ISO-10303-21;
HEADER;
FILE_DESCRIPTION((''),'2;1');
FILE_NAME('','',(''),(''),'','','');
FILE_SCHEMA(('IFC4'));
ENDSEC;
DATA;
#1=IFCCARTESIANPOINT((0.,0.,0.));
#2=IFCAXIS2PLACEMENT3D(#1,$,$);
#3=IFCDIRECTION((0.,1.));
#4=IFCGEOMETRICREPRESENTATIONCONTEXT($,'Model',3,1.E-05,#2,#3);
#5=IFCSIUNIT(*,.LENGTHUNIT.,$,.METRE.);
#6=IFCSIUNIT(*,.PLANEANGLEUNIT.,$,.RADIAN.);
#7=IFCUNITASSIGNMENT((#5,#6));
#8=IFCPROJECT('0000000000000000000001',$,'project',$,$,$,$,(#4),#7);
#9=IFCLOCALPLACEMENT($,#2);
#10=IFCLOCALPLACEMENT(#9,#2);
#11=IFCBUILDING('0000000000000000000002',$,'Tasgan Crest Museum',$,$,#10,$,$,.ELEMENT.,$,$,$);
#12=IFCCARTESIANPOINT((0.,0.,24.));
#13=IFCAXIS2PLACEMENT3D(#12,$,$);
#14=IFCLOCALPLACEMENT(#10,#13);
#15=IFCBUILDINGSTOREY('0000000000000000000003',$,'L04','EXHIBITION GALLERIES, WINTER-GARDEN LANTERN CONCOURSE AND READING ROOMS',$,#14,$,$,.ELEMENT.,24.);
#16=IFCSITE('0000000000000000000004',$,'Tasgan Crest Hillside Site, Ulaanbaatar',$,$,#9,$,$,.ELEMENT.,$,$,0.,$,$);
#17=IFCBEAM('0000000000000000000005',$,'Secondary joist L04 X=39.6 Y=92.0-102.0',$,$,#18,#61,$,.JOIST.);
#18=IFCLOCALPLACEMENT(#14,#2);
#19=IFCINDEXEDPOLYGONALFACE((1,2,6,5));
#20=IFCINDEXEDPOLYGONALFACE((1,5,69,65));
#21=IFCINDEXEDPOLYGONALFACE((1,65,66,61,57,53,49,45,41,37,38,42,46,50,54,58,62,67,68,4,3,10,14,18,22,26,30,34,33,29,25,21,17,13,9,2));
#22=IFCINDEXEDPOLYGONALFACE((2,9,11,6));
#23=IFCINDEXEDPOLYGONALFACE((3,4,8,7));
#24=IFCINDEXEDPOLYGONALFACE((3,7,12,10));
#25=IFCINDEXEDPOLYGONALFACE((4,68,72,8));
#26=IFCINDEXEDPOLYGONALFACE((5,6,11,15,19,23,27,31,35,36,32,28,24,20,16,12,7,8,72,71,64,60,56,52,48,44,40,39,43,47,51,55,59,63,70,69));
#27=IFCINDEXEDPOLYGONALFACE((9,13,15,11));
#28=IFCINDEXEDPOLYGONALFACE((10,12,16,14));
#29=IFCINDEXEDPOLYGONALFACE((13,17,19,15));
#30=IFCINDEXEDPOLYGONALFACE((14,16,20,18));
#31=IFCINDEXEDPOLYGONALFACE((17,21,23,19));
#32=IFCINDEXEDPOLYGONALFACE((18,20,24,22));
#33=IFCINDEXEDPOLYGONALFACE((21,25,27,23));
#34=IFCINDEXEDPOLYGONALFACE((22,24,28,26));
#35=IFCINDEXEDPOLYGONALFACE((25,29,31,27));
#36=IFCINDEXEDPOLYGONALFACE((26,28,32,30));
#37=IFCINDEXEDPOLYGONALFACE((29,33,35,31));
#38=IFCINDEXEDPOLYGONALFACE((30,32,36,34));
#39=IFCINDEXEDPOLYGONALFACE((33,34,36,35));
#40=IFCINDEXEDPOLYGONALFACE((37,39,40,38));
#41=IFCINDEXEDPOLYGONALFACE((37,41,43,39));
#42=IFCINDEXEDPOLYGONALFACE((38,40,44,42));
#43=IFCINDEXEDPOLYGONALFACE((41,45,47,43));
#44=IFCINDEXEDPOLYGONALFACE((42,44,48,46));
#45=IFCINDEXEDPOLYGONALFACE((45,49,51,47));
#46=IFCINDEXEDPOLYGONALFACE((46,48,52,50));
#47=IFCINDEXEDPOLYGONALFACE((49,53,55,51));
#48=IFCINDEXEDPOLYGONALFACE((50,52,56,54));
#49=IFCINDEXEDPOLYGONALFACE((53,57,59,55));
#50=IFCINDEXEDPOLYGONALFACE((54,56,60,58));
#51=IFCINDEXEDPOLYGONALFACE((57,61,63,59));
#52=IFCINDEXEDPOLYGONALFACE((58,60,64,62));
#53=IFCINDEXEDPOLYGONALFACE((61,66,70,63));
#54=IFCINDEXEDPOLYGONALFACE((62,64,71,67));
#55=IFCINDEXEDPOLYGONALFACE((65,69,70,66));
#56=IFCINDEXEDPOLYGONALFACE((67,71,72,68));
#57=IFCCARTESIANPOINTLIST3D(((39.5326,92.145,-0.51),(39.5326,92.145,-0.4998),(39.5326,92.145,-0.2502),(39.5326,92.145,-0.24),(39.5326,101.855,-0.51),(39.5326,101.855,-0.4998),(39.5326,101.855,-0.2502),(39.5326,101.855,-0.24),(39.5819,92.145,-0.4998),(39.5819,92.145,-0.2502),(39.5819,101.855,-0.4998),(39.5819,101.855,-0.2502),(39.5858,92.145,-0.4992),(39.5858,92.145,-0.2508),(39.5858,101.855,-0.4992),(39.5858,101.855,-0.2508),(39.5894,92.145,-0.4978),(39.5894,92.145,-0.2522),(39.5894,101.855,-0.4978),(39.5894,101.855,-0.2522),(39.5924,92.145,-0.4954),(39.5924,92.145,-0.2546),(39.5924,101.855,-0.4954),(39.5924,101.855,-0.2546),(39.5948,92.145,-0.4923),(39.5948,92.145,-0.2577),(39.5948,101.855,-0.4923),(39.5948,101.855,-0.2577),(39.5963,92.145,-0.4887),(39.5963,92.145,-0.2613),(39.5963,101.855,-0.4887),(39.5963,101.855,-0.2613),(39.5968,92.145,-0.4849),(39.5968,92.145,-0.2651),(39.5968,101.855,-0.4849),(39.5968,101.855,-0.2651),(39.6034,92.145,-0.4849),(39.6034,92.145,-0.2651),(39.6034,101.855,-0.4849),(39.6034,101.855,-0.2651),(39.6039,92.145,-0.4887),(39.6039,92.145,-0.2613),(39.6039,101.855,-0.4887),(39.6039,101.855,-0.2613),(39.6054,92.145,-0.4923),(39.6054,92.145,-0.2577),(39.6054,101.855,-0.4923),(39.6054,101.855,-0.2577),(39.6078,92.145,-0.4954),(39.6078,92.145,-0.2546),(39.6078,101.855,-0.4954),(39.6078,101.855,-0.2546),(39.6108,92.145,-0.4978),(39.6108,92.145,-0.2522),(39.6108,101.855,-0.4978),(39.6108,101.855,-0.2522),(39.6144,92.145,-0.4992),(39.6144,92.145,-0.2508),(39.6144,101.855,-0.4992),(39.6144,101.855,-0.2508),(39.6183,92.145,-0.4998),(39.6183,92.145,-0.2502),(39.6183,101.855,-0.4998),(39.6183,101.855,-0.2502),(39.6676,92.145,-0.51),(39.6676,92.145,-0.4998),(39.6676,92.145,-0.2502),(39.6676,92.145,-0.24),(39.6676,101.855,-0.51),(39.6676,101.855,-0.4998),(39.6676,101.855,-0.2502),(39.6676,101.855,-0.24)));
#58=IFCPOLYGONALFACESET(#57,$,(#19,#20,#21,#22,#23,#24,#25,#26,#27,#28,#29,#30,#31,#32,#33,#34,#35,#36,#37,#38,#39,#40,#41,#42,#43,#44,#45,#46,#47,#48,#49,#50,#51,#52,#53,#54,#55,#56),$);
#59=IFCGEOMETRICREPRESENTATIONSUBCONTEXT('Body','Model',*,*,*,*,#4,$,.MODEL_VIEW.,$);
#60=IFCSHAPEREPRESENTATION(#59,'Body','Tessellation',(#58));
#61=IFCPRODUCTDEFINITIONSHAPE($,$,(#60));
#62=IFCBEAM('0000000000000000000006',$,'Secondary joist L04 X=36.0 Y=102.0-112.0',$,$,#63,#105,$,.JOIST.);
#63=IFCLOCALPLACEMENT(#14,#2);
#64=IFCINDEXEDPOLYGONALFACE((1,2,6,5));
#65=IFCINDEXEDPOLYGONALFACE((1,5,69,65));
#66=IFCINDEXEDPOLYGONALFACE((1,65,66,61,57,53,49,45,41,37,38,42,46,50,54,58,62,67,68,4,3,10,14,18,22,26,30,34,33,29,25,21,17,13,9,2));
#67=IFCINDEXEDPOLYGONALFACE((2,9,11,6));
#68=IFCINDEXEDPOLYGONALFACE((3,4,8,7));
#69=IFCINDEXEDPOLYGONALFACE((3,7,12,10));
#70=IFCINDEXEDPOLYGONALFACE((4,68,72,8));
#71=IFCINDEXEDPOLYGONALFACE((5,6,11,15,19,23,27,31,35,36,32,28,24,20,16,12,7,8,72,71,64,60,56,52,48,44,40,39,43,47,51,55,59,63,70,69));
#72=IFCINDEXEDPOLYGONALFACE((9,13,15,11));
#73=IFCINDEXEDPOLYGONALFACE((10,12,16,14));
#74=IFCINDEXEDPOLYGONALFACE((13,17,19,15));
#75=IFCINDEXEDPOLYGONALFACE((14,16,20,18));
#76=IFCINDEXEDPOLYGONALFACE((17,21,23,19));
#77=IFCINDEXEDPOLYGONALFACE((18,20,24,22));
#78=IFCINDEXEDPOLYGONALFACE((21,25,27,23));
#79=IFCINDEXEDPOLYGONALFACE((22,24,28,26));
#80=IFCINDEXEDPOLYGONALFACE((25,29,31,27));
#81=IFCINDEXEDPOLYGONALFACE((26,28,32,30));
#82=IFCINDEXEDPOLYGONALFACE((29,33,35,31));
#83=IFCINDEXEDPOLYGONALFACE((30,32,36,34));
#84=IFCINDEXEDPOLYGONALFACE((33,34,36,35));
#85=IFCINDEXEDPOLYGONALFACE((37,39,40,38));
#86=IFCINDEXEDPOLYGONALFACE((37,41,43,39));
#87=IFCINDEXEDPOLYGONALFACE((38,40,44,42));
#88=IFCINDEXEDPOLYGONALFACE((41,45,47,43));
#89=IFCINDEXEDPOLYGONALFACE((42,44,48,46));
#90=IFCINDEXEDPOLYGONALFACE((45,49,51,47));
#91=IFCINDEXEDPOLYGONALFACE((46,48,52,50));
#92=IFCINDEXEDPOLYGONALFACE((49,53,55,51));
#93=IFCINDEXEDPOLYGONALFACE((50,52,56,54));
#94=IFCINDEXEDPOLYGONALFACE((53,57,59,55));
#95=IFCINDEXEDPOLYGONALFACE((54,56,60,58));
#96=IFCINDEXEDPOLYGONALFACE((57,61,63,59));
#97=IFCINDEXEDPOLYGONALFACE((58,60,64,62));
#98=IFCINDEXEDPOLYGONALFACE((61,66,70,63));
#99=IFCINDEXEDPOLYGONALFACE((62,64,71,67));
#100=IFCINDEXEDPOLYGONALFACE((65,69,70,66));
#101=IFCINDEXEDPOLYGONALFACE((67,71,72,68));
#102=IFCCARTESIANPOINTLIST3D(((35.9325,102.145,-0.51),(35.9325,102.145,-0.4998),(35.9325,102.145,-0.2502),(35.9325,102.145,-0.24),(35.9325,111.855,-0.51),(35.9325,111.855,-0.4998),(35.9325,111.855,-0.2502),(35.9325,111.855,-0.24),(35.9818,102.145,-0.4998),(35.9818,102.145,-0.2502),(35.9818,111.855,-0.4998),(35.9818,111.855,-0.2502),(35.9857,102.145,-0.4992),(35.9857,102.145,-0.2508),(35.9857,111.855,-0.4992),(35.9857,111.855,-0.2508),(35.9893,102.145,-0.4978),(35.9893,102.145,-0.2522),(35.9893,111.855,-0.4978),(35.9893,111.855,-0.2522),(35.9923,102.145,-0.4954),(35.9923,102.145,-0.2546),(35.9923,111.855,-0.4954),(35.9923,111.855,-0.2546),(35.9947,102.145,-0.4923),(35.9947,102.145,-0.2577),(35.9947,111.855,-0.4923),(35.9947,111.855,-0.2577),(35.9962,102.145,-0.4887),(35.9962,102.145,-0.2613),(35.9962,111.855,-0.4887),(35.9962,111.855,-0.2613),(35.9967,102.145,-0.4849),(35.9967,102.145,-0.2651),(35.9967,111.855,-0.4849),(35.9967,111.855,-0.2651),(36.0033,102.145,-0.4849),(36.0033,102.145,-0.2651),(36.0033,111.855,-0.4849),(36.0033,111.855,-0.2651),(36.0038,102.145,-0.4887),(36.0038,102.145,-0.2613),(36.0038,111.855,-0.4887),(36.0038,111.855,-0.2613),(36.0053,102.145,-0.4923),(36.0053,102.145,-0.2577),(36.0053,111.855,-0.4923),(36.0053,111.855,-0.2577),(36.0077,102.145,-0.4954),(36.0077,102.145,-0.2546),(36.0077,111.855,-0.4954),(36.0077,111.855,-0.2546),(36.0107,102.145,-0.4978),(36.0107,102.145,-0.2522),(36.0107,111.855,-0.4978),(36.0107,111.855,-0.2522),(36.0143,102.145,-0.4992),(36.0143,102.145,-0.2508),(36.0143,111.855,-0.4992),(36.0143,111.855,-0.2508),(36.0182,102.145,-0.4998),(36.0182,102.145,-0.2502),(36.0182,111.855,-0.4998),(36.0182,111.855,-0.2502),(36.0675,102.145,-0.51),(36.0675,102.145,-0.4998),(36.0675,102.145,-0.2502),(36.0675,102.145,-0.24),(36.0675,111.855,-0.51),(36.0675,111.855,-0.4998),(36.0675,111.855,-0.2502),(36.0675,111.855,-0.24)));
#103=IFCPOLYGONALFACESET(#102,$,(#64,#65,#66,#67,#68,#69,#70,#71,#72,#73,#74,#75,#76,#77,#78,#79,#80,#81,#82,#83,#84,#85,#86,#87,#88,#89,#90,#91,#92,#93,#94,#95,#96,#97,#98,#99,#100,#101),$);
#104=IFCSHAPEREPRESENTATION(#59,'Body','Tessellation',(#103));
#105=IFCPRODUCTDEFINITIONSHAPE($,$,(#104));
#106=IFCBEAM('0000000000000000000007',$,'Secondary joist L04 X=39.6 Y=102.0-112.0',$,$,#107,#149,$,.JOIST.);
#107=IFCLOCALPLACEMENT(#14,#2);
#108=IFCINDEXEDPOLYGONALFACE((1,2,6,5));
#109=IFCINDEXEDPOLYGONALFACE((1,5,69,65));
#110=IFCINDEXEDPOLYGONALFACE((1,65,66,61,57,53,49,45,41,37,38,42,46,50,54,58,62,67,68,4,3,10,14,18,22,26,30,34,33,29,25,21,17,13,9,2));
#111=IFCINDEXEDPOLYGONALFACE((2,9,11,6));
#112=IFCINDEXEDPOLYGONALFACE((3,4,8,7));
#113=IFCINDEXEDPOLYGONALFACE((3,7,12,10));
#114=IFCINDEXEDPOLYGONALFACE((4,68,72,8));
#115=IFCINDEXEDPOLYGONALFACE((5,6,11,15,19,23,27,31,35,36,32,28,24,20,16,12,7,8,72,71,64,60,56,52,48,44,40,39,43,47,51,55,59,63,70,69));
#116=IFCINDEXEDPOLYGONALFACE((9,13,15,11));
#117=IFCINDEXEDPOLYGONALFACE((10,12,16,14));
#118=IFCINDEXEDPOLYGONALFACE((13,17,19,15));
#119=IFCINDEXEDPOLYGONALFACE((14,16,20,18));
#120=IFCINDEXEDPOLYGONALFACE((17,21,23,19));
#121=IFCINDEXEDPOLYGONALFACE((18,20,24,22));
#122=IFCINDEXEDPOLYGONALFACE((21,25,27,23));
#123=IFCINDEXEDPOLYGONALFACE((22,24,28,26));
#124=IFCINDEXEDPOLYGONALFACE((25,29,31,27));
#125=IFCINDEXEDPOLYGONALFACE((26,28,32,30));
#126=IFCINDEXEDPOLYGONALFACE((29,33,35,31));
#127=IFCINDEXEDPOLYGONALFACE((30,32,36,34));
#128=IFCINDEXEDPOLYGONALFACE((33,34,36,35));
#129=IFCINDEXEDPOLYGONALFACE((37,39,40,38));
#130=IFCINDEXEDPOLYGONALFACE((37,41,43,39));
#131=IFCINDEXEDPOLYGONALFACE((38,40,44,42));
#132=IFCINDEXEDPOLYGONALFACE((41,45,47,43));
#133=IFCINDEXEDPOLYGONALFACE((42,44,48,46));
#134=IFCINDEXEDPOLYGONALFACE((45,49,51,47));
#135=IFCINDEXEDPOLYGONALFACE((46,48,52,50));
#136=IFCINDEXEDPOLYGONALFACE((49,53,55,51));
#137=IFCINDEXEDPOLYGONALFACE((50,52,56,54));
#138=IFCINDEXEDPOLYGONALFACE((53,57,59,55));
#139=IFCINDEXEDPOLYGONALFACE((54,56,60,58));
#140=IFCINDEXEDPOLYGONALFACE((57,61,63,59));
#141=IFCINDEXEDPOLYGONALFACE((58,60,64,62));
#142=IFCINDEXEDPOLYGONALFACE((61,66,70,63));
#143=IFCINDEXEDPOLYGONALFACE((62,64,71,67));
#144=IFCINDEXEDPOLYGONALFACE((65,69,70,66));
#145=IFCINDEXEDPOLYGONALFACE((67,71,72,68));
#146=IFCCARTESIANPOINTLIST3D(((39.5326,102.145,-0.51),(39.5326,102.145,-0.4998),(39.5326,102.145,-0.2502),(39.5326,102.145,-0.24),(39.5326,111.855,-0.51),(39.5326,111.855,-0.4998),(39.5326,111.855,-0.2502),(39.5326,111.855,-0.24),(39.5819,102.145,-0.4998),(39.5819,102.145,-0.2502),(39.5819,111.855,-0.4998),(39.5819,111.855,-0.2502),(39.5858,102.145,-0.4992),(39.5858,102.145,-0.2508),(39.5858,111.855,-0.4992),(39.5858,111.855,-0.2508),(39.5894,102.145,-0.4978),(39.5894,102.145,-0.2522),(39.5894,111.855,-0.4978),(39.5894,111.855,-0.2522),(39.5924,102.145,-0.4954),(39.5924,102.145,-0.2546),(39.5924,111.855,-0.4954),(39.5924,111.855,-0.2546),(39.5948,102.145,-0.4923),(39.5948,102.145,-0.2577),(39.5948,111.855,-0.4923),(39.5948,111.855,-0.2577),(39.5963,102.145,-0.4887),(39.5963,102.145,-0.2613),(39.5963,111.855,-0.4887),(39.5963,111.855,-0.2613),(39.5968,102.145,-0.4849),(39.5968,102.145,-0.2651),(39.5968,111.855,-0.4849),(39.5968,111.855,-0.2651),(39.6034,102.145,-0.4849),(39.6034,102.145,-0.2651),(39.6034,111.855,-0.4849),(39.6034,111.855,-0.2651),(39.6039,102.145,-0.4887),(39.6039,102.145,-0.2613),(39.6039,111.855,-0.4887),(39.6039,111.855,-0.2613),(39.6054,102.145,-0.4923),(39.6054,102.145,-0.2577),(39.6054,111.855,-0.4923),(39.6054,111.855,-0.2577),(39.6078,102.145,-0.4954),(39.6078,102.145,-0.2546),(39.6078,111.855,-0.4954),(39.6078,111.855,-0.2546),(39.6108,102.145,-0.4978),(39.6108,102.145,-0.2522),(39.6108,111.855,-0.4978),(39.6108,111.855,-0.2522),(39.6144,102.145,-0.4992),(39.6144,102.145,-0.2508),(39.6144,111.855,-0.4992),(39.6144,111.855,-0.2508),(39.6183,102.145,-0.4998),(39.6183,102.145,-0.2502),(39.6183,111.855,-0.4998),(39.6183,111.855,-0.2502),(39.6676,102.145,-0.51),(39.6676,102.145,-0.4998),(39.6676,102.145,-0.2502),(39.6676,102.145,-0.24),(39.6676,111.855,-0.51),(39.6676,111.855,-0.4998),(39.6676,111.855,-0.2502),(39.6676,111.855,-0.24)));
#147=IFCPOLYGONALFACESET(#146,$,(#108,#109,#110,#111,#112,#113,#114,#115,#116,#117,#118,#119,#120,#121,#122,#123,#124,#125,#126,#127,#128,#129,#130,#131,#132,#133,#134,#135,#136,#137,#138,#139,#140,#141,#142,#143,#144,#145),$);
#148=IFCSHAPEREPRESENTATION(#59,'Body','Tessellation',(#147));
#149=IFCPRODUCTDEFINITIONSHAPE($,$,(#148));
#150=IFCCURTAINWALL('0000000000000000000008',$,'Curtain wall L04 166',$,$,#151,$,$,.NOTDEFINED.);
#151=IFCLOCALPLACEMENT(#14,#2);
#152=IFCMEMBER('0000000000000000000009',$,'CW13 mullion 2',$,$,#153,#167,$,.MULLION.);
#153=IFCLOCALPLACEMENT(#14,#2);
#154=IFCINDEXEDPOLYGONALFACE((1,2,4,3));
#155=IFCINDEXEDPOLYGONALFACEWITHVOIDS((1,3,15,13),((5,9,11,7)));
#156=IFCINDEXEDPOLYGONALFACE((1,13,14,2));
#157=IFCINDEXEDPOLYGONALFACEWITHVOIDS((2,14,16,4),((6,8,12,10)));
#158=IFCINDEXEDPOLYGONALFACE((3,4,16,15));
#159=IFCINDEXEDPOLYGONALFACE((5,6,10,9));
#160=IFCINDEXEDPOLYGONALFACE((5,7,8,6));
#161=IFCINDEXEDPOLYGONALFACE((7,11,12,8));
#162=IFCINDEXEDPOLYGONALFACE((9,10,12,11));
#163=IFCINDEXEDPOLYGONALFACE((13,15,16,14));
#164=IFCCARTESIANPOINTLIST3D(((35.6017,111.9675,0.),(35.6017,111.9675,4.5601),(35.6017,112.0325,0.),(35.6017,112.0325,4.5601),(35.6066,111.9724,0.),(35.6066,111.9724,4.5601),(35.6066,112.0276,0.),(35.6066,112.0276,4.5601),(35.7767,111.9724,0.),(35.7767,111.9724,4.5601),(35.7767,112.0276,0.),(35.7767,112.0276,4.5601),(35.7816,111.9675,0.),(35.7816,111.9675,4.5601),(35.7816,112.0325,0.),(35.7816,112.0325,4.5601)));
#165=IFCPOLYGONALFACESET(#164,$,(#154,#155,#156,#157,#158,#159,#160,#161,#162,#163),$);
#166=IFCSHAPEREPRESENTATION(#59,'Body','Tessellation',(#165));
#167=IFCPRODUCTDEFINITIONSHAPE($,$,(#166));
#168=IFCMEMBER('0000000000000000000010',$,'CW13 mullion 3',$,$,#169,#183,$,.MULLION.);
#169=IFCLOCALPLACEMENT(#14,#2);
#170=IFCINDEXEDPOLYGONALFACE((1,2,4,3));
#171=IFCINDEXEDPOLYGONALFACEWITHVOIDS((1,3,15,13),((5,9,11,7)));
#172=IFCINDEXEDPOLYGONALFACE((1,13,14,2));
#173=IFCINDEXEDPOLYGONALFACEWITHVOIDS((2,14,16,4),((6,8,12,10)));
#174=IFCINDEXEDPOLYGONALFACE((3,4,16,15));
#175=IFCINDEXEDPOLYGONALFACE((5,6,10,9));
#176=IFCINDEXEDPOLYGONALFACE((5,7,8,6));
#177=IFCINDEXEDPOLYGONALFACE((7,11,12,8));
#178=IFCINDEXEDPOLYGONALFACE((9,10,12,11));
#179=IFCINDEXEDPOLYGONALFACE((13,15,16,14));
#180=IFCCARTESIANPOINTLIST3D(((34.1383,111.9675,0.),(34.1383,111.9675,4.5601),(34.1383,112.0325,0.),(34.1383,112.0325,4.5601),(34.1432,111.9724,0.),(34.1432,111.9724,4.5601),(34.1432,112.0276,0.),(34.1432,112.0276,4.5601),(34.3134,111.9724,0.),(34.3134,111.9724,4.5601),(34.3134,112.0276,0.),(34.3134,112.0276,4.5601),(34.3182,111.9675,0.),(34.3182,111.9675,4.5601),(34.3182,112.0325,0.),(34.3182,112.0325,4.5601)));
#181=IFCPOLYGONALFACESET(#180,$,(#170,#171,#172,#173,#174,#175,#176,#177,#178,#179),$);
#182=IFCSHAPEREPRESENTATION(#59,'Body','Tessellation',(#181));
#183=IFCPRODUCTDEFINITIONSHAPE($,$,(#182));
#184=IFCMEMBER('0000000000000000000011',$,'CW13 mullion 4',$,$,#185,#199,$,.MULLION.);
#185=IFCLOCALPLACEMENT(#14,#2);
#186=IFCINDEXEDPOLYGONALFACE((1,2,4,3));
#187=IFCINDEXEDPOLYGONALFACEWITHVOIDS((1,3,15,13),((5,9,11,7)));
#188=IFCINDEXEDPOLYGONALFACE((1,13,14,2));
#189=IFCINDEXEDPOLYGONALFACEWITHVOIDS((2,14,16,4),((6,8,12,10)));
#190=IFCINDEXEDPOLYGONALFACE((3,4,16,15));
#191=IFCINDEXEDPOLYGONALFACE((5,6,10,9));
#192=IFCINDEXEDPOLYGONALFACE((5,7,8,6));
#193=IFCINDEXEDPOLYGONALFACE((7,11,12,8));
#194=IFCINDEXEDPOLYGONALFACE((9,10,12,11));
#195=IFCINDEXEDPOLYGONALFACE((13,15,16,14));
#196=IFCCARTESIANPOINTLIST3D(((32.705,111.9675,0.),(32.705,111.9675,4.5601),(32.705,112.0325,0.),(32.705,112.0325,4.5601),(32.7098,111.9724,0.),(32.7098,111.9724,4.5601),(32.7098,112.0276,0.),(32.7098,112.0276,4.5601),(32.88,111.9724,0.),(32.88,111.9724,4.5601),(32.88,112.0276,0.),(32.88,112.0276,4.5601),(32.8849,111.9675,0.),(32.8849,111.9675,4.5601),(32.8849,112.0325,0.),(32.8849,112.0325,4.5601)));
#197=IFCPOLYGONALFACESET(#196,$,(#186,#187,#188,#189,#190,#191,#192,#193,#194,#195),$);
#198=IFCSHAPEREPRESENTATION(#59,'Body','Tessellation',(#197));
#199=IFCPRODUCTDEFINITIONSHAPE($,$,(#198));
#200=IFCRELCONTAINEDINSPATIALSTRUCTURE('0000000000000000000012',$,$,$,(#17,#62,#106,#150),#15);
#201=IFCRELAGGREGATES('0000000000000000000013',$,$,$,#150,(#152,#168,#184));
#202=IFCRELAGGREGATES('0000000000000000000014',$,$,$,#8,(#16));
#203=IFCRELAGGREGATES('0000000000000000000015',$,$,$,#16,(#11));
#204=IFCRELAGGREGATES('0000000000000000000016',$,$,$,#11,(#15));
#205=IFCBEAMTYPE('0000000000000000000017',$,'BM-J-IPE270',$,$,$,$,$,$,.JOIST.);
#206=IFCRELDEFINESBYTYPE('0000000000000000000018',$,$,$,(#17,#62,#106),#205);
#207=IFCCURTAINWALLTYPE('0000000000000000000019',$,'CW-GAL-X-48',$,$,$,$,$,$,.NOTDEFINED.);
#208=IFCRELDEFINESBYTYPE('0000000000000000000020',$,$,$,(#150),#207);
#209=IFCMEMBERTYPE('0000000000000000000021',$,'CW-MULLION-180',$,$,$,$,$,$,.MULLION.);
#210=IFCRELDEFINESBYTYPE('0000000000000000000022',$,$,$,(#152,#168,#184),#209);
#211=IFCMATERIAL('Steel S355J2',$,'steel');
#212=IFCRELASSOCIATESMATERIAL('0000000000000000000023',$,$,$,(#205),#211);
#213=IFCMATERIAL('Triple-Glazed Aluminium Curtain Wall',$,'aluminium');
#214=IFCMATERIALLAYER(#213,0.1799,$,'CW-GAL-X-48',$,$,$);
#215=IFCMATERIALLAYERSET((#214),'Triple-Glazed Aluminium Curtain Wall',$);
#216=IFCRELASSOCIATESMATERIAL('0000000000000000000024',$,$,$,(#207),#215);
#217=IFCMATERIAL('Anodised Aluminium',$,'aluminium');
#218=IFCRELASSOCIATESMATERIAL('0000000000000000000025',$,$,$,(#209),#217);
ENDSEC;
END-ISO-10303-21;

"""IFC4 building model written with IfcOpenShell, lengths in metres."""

from ifc_helpers import new_model, si_unit, direction, frame, origin, origin_2d, place, context, subcontext, project, spatial, hollow_rectangle, i_section, extrude, material, layer, layer_set, material_profile, profile_set, type_object, element, aggregate, save


model = new_model("IFC4")

# Units and contexts
model_context = context("Model", 3, precision=1e-05, world=origin(), true_north=direction((0.0, 1.0)))
body_context = subcontext(model_context, "Body", "Model", "MODEL_VIEW")
ifc_project = project(units=[si_unit("LENGTHUNIT", "METRE"), si_unit("PLANEANGLEUNIT", "RADIAN")], contexts=[model_context])

# Site, building, storey
site_placement = place(None, origin())
site = spatial("IfcSite", under=ifc_project, at=site_placement, Name="Tasgan Crest Hillside Site, Ulaanbaatar", CompositionType="ELEMENT", RefElevation=0.0)
building_placement = place(site_placement, origin())
building = spatial("IfcBuilding", under=site, at=building_placement, Name="Tasgan Crest Museum", CompositionType="ELEMENT")
storey_placement = place(building_placement, frame((0.0, 0.0, 24.0)))
storey = spatial("IfcBuildingStorey", under=building, at=storey_placement, Name="L04", Description="EXHIBITION GALLERIES, WINTER-GARDEN LANTERN CONCOURSE AND READING ROOMS", CompositionType="ELEMENT", Elevation=24.0)

# Beams
ifc_material_1 = material(Name="Steel S355J2", Category="steel")
ifc_material_profile_1 = material_profile(ifc_material_1, i_section(OverallWidth=0.135, OverallDepth=0.27, WebThickness=0.0066, FlangeThickness=0.0103, FilletRadius=0.0149, at=origin_2d()), Name="IPE 270")
ifc_profile_set_1 = profile_set([ifc_material_profile_1], Name="Steel S355J2")
beam_type_1 = type_object("IfcBeamType", Name="BM-J-IPE270", PredefinedType="JOIST", material=ifc_profile_set_1)
for number, where, z_axis, x_axis, name in (
    (1, (39.6001, 92.145, -0.375), (0.0, 1.0, 0.0), (-1.0, 0.0, 0.0), "Secondary joist L04 X=39.6 Y=92.0-102.0"),
    (2, (36.0, 102.145, -0.375), (0.0, 1.0, 0.0), (-1.0, 0.0, 0.0), "Secondary joist L04 X=36.0 Y=102.0-112.0"),
    (3, (39.6001, 102.145, -0.375), (0.0, 1.0, 0.0), (-1.0, 0.0, 0.0), "Secondary joist L04 X=39.6 Y=102.0-112.0"),
):
    element("IfcBeam", number, at=place(storey_placement, frame(where, z_axis=z_axis, x_axis=x_axis)), inside=storey, type_object=beam_type_1, Name=name, PredefinedType="JOIST", context=body_context, shape_type="SweptSolid", body=[
        extrude(i_section(OverallWidth=0.135, OverallDepth=0.27, WebThickness=0.0066, FlangeThickness=0.0103, FilletRadius=0.0149, at=origin_2d()), origin(), (0.0, 0.0, 1.0), 9.71),
    ])

# Curtain wall, members
ifc_material_2 = material(Name="Triple-Glazed Aluminium Curtain Wall", Category="aluminium")
ifc_layer_1 = layer(ifc_material_2, 0.1799, Name="CW-GAL-X-48")
ifc_layer_set_1 = layer_set([ifc_layer_1], Name="Triple-Glazed Aluminium Curtain Wall")
curtain_wall_type = type_object("IfcCurtainWallType", Name="CW-GAL-X-48", PredefinedType="NOTDEFINED", material=ifc_layer_set_1)
curtain_wall_placement = place(storey_placement, origin())
curtain_wall = element("IfcCurtainWall", 4, at=curtain_wall_placement, inside=storey, type_object=curtain_wall_type, Name="Curtain wall L04 166", PredefinedType="NOTDEFINED")
ifc_material_3 = material(Name="Anodised Aluminium", Category="aluminium")
ifc_material_profile_2 = material_profile(ifc_material_3, hollow_rectangle(XDim=0.0649, YDim=0.1799, WallThickness=0.0049, at=origin_2d()), Name="ALU MULLION 180x65x5")
ifc_profile_set_2 = profile_set([ifc_material_profile_2], Name="Anodised Aluminium")
member_type_1 = type_object("IfcMemberType", Name="CW-MULLION-180", PredefinedType="MULLION", material=ifc_profile_set_2)
member_1_placement = place(storey_placement, frame((35.6917, 112.0, 0.0), z_axis=(0.0, 0.0, 1.0), x_axis=(0.0, -1.0, 0.0)))
member_1 = element("IfcMember", 5, at=member_1_placement, type_object=member_type_1, Name="CW13 mullion 2", PredefinedType="MULLION", context=body_context, shape_type="SweptSolid", body=[
    extrude(hollow_rectangle(XDim=0.0649, YDim=0.1799, WallThickness=0.0049, at=origin_2d()), origin(), (0.0, 0.0, 1.0), 4.5601),
])
member_2_placement = place(storey_placement, frame((34.2283, 112.0, 0.0), z_axis=(0.0, 0.0, 1.0), x_axis=(0.0, -1.0, 0.0)))
member_2 = element("IfcMember", 6, at=member_2_placement, type_object=member_type_1, Name="CW13 mullion 3", PredefinedType="MULLION", context=body_context, shape_type="SweptSolid", body=[
    extrude(hollow_rectangle(XDim=0.0649, YDim=0.1799, WallThickness=0.0049, at=origin_2d()), origin(), (0.0, 0.0, 1.0), 4.5601),
])
member_3_placement = place(storey_placement, frame((32.7949, 112.0, 0.0), z_axis=(0.0, 0.0, 1.0), x_axis=(0.0, -1.0, 0.0)))
member_3 = element("IfcMember", 7, at=member_3_placement, type_object=member_type_1, Name="CW13 mullion 4", PredefinedType="MULLION", context=body_context, shape_type="SweptSolid", body=[
    extrude(hollow_rectangle(XDim=0.0649, YDim=0.1799, WallThickness=0.0049, at=origin_2d()), origin(), (0.0, 0.0, 1.0), 4.5601),
])
aggregate(curtain_wall, [member_1, member_2, member_3])

save(model, "model.ifc")
